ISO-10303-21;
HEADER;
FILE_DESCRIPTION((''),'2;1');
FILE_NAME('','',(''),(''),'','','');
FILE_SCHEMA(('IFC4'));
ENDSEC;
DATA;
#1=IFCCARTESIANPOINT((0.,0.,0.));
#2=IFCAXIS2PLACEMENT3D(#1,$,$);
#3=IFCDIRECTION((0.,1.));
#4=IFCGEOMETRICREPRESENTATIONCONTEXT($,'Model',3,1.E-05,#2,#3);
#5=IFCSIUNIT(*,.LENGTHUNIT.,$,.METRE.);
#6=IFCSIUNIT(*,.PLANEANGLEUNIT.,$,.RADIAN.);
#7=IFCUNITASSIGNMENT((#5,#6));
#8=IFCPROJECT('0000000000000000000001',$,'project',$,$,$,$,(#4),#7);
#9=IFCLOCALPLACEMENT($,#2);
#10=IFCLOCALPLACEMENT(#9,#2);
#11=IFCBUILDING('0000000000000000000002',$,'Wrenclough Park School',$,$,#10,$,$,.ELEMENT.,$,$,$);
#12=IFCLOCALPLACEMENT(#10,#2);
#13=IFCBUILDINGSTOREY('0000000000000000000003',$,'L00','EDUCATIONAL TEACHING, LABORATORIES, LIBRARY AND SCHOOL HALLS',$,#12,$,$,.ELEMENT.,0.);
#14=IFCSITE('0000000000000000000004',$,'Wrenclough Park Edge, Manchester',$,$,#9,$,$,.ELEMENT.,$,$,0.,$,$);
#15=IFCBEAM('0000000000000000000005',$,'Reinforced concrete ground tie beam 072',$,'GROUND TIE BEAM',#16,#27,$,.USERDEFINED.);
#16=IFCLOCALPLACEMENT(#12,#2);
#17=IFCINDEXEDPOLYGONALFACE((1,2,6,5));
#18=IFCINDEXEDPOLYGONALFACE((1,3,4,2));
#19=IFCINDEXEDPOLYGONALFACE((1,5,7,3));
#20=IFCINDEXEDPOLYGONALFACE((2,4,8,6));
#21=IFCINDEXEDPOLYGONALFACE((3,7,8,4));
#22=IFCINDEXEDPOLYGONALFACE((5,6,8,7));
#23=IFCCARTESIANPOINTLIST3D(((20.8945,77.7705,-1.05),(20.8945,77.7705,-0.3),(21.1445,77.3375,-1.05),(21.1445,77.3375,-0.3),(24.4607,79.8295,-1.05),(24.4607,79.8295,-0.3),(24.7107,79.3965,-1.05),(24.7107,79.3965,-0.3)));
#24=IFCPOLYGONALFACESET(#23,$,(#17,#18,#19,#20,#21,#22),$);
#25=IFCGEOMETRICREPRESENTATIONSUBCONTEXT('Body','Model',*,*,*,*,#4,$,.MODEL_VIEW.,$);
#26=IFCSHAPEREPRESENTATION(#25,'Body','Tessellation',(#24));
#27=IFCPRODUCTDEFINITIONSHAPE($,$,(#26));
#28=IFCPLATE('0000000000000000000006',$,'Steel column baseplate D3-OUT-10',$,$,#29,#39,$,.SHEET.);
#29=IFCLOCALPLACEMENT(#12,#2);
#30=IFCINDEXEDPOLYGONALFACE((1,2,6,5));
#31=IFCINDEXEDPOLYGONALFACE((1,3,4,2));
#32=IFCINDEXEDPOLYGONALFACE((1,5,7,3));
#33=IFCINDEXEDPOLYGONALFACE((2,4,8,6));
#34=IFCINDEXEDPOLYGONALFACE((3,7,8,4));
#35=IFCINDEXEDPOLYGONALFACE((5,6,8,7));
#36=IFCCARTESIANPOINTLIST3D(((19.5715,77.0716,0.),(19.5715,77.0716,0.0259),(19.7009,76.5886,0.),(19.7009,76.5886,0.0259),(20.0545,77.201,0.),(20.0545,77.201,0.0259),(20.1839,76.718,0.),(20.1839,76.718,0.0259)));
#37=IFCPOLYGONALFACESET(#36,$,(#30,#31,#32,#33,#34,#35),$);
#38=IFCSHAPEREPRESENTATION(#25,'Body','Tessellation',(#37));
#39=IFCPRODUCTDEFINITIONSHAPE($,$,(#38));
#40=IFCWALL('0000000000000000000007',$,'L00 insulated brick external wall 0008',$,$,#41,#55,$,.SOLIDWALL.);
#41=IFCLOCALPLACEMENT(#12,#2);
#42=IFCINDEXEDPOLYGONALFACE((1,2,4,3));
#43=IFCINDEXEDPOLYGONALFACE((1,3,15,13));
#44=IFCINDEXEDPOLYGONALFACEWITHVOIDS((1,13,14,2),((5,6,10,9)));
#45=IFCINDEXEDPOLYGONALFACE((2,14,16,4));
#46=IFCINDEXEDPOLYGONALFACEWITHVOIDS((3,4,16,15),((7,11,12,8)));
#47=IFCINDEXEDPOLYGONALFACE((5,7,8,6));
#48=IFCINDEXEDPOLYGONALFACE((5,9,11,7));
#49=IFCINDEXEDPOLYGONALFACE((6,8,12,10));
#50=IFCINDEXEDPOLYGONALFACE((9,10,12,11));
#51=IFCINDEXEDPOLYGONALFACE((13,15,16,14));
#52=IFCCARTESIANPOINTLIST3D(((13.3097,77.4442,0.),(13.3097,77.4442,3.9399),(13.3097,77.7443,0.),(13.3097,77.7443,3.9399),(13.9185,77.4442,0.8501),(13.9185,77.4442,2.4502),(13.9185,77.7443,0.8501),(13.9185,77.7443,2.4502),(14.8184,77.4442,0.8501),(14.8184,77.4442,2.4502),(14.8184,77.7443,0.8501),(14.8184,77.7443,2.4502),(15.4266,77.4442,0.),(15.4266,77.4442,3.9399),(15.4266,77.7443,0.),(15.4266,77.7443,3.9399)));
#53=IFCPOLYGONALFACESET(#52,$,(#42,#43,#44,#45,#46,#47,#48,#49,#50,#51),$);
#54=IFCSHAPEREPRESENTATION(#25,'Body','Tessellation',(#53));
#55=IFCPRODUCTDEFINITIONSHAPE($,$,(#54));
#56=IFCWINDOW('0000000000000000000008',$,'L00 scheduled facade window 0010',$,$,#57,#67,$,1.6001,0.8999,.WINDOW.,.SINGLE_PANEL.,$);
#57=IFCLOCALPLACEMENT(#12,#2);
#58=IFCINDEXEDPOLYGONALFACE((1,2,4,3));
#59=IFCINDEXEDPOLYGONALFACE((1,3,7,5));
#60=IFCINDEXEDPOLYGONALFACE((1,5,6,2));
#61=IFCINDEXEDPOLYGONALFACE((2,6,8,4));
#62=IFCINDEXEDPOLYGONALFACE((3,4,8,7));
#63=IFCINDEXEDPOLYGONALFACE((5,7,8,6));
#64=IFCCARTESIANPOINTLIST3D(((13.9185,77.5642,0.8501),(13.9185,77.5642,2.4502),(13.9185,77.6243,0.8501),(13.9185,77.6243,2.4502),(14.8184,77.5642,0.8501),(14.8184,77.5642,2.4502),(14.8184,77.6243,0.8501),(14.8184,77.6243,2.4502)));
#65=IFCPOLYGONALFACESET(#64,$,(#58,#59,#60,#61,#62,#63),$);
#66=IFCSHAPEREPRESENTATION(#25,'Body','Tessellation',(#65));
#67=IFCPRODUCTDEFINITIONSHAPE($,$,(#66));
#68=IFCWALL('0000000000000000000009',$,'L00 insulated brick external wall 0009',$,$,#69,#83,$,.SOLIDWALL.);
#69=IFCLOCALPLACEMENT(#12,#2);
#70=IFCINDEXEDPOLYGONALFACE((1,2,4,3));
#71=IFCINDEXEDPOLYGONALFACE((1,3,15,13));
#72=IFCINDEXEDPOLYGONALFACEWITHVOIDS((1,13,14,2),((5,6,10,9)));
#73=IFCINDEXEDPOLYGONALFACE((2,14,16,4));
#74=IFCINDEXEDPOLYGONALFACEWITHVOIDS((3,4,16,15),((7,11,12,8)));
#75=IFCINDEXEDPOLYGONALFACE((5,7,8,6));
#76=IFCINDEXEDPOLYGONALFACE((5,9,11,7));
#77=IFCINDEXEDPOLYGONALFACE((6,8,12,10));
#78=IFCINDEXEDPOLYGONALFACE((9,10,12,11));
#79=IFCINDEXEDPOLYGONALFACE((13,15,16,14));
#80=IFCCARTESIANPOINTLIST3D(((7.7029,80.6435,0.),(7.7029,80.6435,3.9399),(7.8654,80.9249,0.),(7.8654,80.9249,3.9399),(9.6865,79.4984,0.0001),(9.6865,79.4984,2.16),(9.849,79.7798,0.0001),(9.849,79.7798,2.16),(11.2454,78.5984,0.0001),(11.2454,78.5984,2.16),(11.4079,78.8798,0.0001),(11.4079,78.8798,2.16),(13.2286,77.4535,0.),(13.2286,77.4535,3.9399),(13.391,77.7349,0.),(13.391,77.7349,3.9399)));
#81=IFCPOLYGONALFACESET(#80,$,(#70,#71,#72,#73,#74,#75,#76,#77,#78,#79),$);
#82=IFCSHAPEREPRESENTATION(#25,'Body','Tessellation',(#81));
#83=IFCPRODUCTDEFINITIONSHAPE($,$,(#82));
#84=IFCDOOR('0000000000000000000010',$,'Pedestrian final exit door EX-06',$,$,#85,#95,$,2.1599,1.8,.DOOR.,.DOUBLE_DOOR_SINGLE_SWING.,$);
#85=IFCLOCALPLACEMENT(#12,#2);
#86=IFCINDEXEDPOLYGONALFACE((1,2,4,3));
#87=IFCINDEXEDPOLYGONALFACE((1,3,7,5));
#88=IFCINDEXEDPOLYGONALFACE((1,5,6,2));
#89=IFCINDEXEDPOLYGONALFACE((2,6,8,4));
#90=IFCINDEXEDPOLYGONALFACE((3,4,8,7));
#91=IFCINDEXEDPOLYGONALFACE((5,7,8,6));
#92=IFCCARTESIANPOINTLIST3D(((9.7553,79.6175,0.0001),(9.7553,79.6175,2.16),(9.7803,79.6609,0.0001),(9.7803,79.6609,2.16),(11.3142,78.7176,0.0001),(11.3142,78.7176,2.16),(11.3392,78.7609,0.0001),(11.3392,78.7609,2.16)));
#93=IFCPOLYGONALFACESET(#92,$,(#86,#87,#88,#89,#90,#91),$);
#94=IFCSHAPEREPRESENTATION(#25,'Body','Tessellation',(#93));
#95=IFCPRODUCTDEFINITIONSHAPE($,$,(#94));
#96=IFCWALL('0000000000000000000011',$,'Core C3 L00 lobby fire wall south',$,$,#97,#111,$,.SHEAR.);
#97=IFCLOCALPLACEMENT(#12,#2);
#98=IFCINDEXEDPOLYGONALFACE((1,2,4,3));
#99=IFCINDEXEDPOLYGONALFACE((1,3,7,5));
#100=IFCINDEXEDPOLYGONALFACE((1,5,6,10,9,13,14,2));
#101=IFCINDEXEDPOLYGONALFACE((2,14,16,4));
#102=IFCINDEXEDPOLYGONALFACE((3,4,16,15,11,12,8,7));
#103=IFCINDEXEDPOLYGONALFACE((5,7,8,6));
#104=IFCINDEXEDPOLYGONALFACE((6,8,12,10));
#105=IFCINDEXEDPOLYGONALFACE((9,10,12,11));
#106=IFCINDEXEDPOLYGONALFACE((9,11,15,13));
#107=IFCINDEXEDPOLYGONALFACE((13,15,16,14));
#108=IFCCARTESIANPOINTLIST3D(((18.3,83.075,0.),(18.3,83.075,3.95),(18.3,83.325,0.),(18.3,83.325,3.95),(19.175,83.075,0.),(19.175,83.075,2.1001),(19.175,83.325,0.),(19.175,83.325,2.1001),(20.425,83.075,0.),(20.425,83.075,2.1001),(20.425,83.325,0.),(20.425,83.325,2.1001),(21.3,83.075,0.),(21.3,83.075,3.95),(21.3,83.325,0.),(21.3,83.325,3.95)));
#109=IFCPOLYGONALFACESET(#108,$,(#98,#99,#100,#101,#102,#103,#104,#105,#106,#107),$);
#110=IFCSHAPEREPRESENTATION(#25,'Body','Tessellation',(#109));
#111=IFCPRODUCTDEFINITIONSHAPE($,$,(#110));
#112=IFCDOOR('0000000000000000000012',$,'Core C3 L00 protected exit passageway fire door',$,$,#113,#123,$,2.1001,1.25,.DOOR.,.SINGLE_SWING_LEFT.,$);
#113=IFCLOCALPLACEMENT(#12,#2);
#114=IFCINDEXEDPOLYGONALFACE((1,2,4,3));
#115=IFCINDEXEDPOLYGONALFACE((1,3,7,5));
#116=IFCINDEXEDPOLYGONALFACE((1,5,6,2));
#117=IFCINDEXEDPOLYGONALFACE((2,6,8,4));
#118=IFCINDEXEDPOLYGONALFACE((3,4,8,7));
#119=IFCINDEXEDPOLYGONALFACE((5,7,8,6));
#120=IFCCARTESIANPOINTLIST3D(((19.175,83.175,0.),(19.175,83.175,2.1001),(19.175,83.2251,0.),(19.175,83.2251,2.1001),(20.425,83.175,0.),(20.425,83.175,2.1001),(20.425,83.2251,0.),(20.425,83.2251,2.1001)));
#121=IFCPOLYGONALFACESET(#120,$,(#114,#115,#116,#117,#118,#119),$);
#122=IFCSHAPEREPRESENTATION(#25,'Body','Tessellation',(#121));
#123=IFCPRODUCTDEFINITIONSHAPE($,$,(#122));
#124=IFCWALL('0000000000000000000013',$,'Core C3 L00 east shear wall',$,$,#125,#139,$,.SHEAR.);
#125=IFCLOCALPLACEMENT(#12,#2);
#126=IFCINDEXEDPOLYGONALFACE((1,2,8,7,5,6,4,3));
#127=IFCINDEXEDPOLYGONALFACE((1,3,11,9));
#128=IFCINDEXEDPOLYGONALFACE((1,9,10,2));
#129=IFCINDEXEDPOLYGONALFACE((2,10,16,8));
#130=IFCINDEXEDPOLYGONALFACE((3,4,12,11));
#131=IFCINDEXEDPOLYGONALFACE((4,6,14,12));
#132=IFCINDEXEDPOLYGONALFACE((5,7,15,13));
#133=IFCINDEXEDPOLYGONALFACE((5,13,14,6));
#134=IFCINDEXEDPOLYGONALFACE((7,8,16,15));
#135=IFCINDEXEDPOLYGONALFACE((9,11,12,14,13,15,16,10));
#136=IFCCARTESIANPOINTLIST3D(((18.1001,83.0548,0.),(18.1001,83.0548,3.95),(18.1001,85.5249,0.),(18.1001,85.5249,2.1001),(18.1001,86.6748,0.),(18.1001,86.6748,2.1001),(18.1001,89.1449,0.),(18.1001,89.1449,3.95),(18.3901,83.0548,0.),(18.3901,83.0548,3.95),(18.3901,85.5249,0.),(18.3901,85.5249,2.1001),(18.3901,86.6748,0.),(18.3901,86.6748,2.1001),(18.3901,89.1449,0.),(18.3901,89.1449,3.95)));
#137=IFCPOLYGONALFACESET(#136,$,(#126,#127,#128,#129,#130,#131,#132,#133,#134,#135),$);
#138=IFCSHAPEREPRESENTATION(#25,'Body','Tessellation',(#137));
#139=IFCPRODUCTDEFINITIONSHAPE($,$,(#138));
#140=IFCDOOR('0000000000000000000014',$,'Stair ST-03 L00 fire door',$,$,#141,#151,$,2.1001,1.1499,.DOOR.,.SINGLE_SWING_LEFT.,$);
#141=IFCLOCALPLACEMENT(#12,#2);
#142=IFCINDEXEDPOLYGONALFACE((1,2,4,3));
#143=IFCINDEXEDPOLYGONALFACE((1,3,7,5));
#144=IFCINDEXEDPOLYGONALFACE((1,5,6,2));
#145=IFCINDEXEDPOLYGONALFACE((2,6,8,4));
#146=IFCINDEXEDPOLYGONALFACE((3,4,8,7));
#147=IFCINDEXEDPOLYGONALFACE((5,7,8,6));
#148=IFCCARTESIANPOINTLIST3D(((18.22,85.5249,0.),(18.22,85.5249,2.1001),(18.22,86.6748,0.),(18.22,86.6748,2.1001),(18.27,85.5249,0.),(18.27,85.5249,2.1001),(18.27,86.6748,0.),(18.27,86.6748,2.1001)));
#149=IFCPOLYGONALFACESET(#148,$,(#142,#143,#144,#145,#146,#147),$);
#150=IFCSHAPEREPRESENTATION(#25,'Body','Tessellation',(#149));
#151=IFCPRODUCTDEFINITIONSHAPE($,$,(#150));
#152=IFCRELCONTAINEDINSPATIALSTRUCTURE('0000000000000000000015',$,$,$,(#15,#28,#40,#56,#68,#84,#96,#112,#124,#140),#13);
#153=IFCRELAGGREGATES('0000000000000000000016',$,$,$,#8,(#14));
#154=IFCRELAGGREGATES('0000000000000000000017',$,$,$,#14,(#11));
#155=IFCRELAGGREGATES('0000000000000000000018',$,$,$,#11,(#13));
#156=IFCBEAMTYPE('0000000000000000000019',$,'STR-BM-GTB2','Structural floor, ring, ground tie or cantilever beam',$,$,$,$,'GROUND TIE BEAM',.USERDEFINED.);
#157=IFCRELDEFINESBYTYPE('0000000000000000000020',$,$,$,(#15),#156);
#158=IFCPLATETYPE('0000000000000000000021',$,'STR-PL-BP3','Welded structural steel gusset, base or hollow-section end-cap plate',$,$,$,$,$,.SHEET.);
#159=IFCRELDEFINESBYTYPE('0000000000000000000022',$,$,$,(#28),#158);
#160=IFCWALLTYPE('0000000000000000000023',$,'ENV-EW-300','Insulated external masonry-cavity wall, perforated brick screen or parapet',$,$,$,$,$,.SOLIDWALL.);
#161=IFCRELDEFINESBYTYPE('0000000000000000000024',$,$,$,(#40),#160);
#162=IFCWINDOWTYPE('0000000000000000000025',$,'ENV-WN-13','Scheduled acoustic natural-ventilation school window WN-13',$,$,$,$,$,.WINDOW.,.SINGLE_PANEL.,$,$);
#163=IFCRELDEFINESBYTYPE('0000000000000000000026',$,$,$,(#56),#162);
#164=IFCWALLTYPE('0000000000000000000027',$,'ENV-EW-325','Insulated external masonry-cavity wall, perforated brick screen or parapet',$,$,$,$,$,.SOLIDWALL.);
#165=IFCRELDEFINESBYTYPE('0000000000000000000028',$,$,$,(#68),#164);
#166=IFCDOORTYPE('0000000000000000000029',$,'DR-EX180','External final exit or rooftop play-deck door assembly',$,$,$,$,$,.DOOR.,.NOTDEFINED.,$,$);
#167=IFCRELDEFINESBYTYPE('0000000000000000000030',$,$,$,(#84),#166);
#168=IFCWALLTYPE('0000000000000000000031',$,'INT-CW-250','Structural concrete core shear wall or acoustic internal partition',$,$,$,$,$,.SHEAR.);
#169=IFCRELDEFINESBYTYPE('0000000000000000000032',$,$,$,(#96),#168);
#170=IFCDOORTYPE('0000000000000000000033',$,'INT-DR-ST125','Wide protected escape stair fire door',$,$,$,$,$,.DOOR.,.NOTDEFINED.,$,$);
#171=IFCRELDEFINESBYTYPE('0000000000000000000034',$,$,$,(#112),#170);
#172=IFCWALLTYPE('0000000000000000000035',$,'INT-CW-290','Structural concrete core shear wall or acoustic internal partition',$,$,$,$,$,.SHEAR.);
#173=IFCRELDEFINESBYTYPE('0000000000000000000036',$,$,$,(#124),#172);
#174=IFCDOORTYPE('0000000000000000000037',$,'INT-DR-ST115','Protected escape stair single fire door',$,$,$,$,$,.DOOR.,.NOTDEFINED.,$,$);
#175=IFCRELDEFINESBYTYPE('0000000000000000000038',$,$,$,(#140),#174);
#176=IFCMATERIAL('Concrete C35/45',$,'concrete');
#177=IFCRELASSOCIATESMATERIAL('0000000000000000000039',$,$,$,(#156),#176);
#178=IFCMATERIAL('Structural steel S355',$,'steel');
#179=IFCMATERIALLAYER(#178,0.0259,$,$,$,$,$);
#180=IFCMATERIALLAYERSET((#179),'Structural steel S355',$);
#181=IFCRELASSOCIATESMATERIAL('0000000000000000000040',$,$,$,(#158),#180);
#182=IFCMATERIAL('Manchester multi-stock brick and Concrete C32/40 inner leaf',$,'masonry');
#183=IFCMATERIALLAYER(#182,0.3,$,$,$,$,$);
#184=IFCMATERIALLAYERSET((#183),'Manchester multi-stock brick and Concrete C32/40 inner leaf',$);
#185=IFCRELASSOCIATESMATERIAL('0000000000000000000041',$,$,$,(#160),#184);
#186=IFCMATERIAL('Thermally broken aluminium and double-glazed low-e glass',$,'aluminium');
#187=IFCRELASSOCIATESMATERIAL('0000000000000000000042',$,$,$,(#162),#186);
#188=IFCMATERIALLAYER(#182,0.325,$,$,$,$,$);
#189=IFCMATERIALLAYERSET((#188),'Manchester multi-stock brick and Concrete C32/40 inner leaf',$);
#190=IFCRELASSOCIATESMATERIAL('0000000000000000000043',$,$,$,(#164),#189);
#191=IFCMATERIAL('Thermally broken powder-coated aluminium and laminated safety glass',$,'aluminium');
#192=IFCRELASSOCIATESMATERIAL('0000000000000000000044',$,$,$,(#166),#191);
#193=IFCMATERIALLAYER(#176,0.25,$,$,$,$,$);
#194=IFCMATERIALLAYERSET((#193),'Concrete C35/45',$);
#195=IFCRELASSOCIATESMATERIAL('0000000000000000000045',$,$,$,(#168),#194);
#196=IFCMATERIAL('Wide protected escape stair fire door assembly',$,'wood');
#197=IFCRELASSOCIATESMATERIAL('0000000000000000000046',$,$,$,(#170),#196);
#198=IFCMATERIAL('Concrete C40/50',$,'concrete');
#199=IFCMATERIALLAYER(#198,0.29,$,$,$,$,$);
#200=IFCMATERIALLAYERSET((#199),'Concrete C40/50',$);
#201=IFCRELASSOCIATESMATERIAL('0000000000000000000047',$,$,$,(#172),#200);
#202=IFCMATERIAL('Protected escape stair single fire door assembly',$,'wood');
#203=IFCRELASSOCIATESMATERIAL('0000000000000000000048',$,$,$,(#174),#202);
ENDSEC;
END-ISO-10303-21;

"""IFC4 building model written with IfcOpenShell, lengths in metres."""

from ifc_helpers import new_model, si_unit, direction, frame, frame_2d, origin, origin_2d, place, context, subcontext, project, spatial, rectangle, extrude, material, layer, layer_set, material_profile, profile_set, type_object, element, fill, save


model = new_model("IFC4")

# Units and contexts
model_context = context("Model", 3, precision=1e-05, world=origin(), true_north=direction((0.0, 1.0)))
body_context = subcontext(model_context, "Body", "Model", "MODEL_VIEW")
ifc_project = project(units=[si_unit("LENGTHUNIT", "METRE"), si_unit("PLANEANGLEUNIT", "RADIAN")], contexts=[model_context])

# Site, building, storey
site_placement = place(None, origin())
site = spatial("IfcSite", under=ifc_project, at=site_placement, Name="Wrenclough Park Edge, Manchester", CompositionType="ELEMENT", RefElevation=0.0)
building_placement = place(site_placement, origin())
building = spatial("IfcBuilding", under=site, at=building_placement, Name="Wrenclough Park School", CompositionType="ELEMENT")
storey_placement = place(building_placement, origin())
storey = spatial("IfcBuildingStorey", under=building, at=storey_placement, Name="L00", Description="EDUCATIONAL TEACHING, LABORATORIES, LIBRARY AND SCHOOL HALLS", CompositionType="ELEMENT", Elevation=0.0)

# Beam
ifc_material_1 = material(Name="Concrete C35/45", Category="concrete")
ifc_material_profile = material_profile(ifc_material_1, rectangle(XDim=0.5, YDim=0.75, at=origin_2d()), Name="RC GROUND 500x750")
ifc_profile_set = profile_set([ifc_material_profile], Name="Concrete C35/45")
beam_type = type_object("IfcBeamType", Name="STR-BM-GTB2", Description="Structural floor, ring, ground tie or cantilever beam", ElementType="GROUND TIE BEAM", PredefinedType="USERDEFINED", material=ifc_profile_set)
beam_placement = place(storey_placement, frame((21.0195, 77.554, -0.675), z_axis=(0.866009, 0.500029, 0.0), x_axis=(-0.500029, 0.866009, 0.0)))
element("IfcBeam", 1, at=beam_placement, inside=storey, type_object=beam_type, Name="Reinforced concrete ground tie beam 072", ObjectType="GROUND TIE BEAM", PredefinedType="USERDEFINED", context=body_context, shape_type="SweptSolid", body=[
    extrude(rectangle(XDim=0.5, YDim=0.75, at=origin_2d()), origin(), (0.0, 0.0, 1.0), 4.1179),
])

# Plate
ifc_material_2 = material(Name="Structural steel S355", Category="steel")
ifc_layer_1 = layer(ifc_material_2, 0.0259)
ifc_layer_set_1 = layer_set([ifc_layer_1], Name="Structural steel S355")
plate_type = type_object("IfcPlateType", Name="STR-PL-BP3", Description="Welded structural steel gusset, base or hollow-section end-cap plate", PredefinedType="SHEET", material=ifc_layer_set_1)
plate_placement = place(storey_placement, frame((19.8777, 76.8948, 0.0), z_axis=(0.0, 0.0, 1.0), x_axis=(0.965926, 0.258819, 0.0)))
element("IfcPlate", 2, at=plate_placement, inside=storey, type_object=plate_type, Name="Steel column baseplate D3-OUT-10", PredefinedType="SHEET", context=body_context, shape_type="SweptSolid", body=[
    extrude(rectangle(XDim=0.5, YDim=0.5, at=origin_2d()), origin(), (0.0, 0.0, 1.0), 0.0259),
])

# Wall, opening, window
ifc_material_3 = material(Name="Manchester multi-stock brick and Concrete C32/40 inner leaf", Category="masonry")
ifc_layer_2 = layer(ifc_material_3, 0.3)
ifc_layer_set_2 = layer_set([ifc_layer_2], Name="Manchester multi-stock brick and Concrete C32/40 inner leaf")
wall_type_1 = type_object("IfcWallType", Name="ENV-EW-300", Description="Insulated external masonry-cavity wall, perforated brick screen or parapet", PredefinedType="SOLIDWALL", material=ifc_layer_set_2)
wall_1_placement = place(storey_placement, frame((15.4268, 77.5942, 0.0), z_axis=(0.0, 0.0, 1.0), x_axis=(-1.0, 0.0, 0.0)))
wall_1 = element("IfcWall", 3, at=wall_1_placement, inside=storey, type_object=wall_type_1, Name="L00 insulated brick external wall 0008", PredefinedType="SOLIDWALL", context=body_context, shape_type="SweptSolid", body=[
    extrude(rectangle(XDim=2.1169, YDim=0.3, at=frame_2d((1.0586, 0.0))), origin(), (0.0, 0.0, 1.0), 3.9399),
])
opening_1_placement = place(wall_1_placement, frame((0.6084, 0.0, 0.8501)))
opening_1 = element("IfcOpeningElement", 4, at=opening_1_placement, cuts=wall_1, PredefinedType="OPENING", context=body_context, shape_type="SweptSolid", body=[
    extrude(rectangle(XDim=0.8999, YDim=1.6001, at=frame_2d((0.45, 0.8))), frame((0.0, 0.1599, 0.0), z_axis=(0.0, -1.0, 0.0), x_axis=(1.0, 0.0, 0.0)), (0.0, 0.0, 1.0), 0.3201),
])
ifc_material_4 = material(Name="Thermally broken aluminium and double-glazed low-e glass", Category="aluminium")
window_type = type_object("IfcWindowType", Name="ENV-WN-13", Description="Scheduled acoustic natural-ventilation school window WN-13", PartitioningType="SINGLE_PANEL", PredefinedType="WINDOW", material=ifc_material_4)
window_placement = place(opening_1_placement, origin())
window = element("IfcWindow", 5, at=window_placement, inside=storey, type_object=window_type, Name="L00 scheduled facade window 0010", OverallHeight=1.6001, OverallWidth=0.8999, PartitioningType="SINGLE_PANEL", PredefinedType="WINDOW", context=body_context, shape_type="SweptSolid", body=[
    extrude(rectangle(XDim=0.8999, YDim=1.6001, at=frame_2d((0.45, 0.8))), frame((0.0, 0.03, 0.0), z_axis=(0.0, -1.0, 0.0), x_axis=(1.0, 0.0, 0.0)), (0.0, 0.0, 1.0), 0.0601),
])
fill(opening_1, window)

# Walls, openings, doors
ifc_layer_3 = layer(ifc_material_3, 0.325)
ifc_layer_set_3 = layer_set([ifc_layer_3], Name="Manchester multi-stock brick and Concrete C32/40 inner leaf")
wall_type_2 = type_object("IfcWallType", Name="ENV-EW-325", Description="Insulated external masonry-cavity wall, perforated brick screen or parapet", PredefinedType="SOLIDWALL", material=ifc_layer_set_3)
wall_2_placement = place(storey_placement, frame((13.3098, 77.5942, 0.0), z_axis=(0.0, 0.0, 1.0), x_axis=(-0.866045, 0.499966, 0.0)))
wall_2 = element("IfcWall", 6, at=wall_2_placement, inside=storey, type_object=wall_type_2, Name="L00 insulated brick external wall 0009", PredefinedType="SOLIDWALL", context=body_context, shape_type="SweptSolid", body=[
    extrude(rectangle(XDim=6.3804, YDim=0.325, at=frame_2d((3.1902, 0.0))), origin(), (0.0, 0.0, 1.0), 3.9399),
])
opening_2_placement = place(wall_2_placement, frame((2.29, 0.0, 0.0)))
opening_2 = element("IfcOpeningElement", 7, at=opening_2_placement, cuts=wall_2, PredefinedType="OPENING", context=body_context, shape_type="SweptSolid", body=[
    extrude(rectangle(XDim=1.8, YDim=2.1599, at=frame_2d((0.8999, 1.0801))), frame((0.0, 0.1724, 0.0), z_axis=(0.0, -1.0, 0.0), x_axis=(1.0, 0.0, 0.0)), (0.0, 0.0, 1.0), 0.345),
])
ifc_material_5 = material(Name="Thermally broken powder-coated aluminium and laminated safety glass", Category="aluminium")
door_type_1 = type_object("IfcDoorType", Name="DR-EX180", Description="External final exit or rooftop play-deck door assembly", OperationType="NOTDEFINED", PredefinedType="DOOR", material=ifc_material_5)
door_1_placement = place(opening_2_placement, origin())
door_1 = element("IfcDoor", 8, at=door_1_placement, inside=storey, type_object=door_type_1, Name="Pedestrian final exit door EX-06", OperationType="DOUBLE_DOOR_SINGLE_SWING", OverallHeight=2.1599, OverallWidth=1.8, PredefinedType="DOOR", context=body_context, shape_type="SweptSolid", body=[
    extrude(rectangle(XDim=1.8, YDim=2.1599, at=frame_2d((0.8999, 1.0801))), frame((0.0, 0.0249, 0.0), z_axis=(0.0, -1.0, 0.0), x_axis=(1.0, 0.0, 0.0)), (0.0, 0.0, 1.0), 0.05),
])
fill(opening_2, door_1)
ifc_layer_4 = layer(ifc_material_1, 0.25)
ifc_layer_set_4 = layer_set([ifc_layer_4], Name="Concrete C35/45")
wall_type_3 = type_object("IfcWallType", Name="INT-CW-250", Description="Structural concrete core shear wall or acoustic internal partition", PredefinedType="SHEAR", material=ifc_layer_set_4)
wall_3_placement = place(storey_placement, frame((18.3, 83.2, 0.0), z_axis=(0.0, 0.0, 1.0), x_axis=(1.0, 0.0, 0.0)))
wall_3 = element("IfcWall", 9, at=wall_3_placement, inside=storey, type_object=wall_type_3, Name="Core C3 L00 lobby fire wall south", PredefinedType="SHEAR", context=body_context, shape_type="SweptSolid", body=[
    extrude(rectangle(XDim=3.0, YDim=0.25, at=frame_2d((1.5, 0.0))), origin(), (0.0, 0.0, 1.0), 3.95),
])
opening_3_placement = place(wall_3_placement, frame((0.875, 0.0, 0.0)))
opening_3 = element("IfcOpeningElement", 10, at=opening_3_placement, cuts=wall_3, PredefinedType="OPENING", context=body_context, shape_type="SweptSolid", body=[
    extrude(rectangle(XDim=1.25, YDim=2.1001, at=frame_2d((0.625, 1.05))), frame((0.0, 0.135, 0.0), z_axis=(0.0, -1.0, 0.0), x_axis=(1.0, 0.0, 0.0)), (0.0, 0.0, 1.0), 0.27),
])
ifc_material_6 = material(Name="Wide protected escape stair fire door assembly", Category="wood")
door_type_2 = type_object("IfcDoorType", Name="INT-DR-ST125", Description="Wide protected escape stair fire door", OperationType="NOTDEFINED", PredefinedType="DOOR", material=ifc_material_6)
door_2_placement = place(opening_3_placement, frame((1.25, 0.0, 0.0), z_axis=(0.0, 0.0, 1.0), x_axis=(-1.0, 0.0, 0.0)))
door_2 = element("IfcDoor", 11, at=door_2_placement, inside=storey, type_object=door_type_2, Name="Core C3 L00 protected exit passageway fire door", OperationType="SINGLE_SWING_LEFT", OverallHeight=2.1001, OverallWidth=1.25, PredefinedType="DOOR", context=body_context, shape_type="SweptSolid", body=[
    extrude(rectangle(XDim=1.25, YDim=2.1001, at=frame_2d((0.625, 1.05))), frame((0.0, 0.0249, 0.0), z_axis=(0.0, -1.0, 0.0), x_axis=(1.0, 0.0, 0.0)), (0.0, 0.0, 1.0), 0.05),
])
fill(opening_3, door_2)
ifc_material_7 = material(Name="Concrete C40/50", Category="concrete")
ifc_layer_5 = layer(ifc_material_7, 0.29)
ifc_layer_set_5 = layer_set([ifc_layer_5], Name="Concrete C40/50")
wall_type_4 = type_object("IfcWallType", Name="INT-CW-290", Description="Structural concrete core shear wall or acoustic internal partition", PredefinedType="SHEAR", material=ifc_layer_set_5)
wall_4_placement = place(storey_placement, frame((18.2451, 83.0549, 0.0), z_axis=(0.0, 0.0, 1.0), x_axis=(0.0, 1.0, 0.0)))
wall_4 = element("IfcWall", 12, at=wall_4_placement, inside=storey, type_object=wall_type_4, Name="Core C3 L00 east shear wall", PredefinedType="SHEAR", context=body_context, shape_type="SweptSolid", body=[
    extrude(rectangle(XDim=6.0901, YDim=0.29, at=frame_2d((3.0449, 0.0))), origin(), (0.0, 0.0, 1.0), 3.95),
])
opening_4_placement = place(wall_4_placement, frame((2.47, 0.0, 0.0)))
opening_4 = element("IfcOpeningElement", 13, at=opening_4_placement, cuts=wall_4, PredefinedType="OPENING", context=body_context, shape_type="SweptSolid", body=[
    extrude(rectangle(XDim=1.1499, YDim=2.1001, at=frame_2d((0.575, 1.05))), frame((0.0, 0.155, 0.0), z_axis=(0.0, -1.0, 0.0), x_axis=(1.0, 0.0, 0.0)), (0.0, 0.0, 1.0), 0.3101),
])
ifc_material_8 = material(Name="Protected escape stair single fire door assembly", Category="wood")
door_type_3 = type_object("IfcDoorType", Name="INT-DR-ST115", Description="Protected escape stair single fire door", OperationType="NOTDEFINED", PredefinedType="DOOR", material=ifc_material_8)
door_3_placement = place(opening_4_placement, frame((1.1499, 0.0, 0.0), z_axis=(0.0, 0.0, 1.0), x_axis=(-1.0, 0.0, 0.0)))
door_3 = element("IfcDoor", 14, at=door_3_placement, inside=storey, type_object=door_type_3, Name="Stair ST-03 L00 fire door", OperationType="SINGLE_SWING_LEFT", OverallHeight=2.1001, OverallWidth=1.1499, PredefinedType="DOOR", context=body_context, shape_type="SweptSolid", body=[
    extrude(rectangle(XDim=1.1499, YDim=2.1001, at=frame_2d((0.575, 1.05))), frame((0.0, 0.0249, 0.0), z_axis=(0.0, -1.0, 0.0), x_axis=(1.0, 0.0, 0.0)), (0.0, 0.0, 1.0), 0.05),
])
fill(opening_4, door_3)

save(model, "model.ifc")
